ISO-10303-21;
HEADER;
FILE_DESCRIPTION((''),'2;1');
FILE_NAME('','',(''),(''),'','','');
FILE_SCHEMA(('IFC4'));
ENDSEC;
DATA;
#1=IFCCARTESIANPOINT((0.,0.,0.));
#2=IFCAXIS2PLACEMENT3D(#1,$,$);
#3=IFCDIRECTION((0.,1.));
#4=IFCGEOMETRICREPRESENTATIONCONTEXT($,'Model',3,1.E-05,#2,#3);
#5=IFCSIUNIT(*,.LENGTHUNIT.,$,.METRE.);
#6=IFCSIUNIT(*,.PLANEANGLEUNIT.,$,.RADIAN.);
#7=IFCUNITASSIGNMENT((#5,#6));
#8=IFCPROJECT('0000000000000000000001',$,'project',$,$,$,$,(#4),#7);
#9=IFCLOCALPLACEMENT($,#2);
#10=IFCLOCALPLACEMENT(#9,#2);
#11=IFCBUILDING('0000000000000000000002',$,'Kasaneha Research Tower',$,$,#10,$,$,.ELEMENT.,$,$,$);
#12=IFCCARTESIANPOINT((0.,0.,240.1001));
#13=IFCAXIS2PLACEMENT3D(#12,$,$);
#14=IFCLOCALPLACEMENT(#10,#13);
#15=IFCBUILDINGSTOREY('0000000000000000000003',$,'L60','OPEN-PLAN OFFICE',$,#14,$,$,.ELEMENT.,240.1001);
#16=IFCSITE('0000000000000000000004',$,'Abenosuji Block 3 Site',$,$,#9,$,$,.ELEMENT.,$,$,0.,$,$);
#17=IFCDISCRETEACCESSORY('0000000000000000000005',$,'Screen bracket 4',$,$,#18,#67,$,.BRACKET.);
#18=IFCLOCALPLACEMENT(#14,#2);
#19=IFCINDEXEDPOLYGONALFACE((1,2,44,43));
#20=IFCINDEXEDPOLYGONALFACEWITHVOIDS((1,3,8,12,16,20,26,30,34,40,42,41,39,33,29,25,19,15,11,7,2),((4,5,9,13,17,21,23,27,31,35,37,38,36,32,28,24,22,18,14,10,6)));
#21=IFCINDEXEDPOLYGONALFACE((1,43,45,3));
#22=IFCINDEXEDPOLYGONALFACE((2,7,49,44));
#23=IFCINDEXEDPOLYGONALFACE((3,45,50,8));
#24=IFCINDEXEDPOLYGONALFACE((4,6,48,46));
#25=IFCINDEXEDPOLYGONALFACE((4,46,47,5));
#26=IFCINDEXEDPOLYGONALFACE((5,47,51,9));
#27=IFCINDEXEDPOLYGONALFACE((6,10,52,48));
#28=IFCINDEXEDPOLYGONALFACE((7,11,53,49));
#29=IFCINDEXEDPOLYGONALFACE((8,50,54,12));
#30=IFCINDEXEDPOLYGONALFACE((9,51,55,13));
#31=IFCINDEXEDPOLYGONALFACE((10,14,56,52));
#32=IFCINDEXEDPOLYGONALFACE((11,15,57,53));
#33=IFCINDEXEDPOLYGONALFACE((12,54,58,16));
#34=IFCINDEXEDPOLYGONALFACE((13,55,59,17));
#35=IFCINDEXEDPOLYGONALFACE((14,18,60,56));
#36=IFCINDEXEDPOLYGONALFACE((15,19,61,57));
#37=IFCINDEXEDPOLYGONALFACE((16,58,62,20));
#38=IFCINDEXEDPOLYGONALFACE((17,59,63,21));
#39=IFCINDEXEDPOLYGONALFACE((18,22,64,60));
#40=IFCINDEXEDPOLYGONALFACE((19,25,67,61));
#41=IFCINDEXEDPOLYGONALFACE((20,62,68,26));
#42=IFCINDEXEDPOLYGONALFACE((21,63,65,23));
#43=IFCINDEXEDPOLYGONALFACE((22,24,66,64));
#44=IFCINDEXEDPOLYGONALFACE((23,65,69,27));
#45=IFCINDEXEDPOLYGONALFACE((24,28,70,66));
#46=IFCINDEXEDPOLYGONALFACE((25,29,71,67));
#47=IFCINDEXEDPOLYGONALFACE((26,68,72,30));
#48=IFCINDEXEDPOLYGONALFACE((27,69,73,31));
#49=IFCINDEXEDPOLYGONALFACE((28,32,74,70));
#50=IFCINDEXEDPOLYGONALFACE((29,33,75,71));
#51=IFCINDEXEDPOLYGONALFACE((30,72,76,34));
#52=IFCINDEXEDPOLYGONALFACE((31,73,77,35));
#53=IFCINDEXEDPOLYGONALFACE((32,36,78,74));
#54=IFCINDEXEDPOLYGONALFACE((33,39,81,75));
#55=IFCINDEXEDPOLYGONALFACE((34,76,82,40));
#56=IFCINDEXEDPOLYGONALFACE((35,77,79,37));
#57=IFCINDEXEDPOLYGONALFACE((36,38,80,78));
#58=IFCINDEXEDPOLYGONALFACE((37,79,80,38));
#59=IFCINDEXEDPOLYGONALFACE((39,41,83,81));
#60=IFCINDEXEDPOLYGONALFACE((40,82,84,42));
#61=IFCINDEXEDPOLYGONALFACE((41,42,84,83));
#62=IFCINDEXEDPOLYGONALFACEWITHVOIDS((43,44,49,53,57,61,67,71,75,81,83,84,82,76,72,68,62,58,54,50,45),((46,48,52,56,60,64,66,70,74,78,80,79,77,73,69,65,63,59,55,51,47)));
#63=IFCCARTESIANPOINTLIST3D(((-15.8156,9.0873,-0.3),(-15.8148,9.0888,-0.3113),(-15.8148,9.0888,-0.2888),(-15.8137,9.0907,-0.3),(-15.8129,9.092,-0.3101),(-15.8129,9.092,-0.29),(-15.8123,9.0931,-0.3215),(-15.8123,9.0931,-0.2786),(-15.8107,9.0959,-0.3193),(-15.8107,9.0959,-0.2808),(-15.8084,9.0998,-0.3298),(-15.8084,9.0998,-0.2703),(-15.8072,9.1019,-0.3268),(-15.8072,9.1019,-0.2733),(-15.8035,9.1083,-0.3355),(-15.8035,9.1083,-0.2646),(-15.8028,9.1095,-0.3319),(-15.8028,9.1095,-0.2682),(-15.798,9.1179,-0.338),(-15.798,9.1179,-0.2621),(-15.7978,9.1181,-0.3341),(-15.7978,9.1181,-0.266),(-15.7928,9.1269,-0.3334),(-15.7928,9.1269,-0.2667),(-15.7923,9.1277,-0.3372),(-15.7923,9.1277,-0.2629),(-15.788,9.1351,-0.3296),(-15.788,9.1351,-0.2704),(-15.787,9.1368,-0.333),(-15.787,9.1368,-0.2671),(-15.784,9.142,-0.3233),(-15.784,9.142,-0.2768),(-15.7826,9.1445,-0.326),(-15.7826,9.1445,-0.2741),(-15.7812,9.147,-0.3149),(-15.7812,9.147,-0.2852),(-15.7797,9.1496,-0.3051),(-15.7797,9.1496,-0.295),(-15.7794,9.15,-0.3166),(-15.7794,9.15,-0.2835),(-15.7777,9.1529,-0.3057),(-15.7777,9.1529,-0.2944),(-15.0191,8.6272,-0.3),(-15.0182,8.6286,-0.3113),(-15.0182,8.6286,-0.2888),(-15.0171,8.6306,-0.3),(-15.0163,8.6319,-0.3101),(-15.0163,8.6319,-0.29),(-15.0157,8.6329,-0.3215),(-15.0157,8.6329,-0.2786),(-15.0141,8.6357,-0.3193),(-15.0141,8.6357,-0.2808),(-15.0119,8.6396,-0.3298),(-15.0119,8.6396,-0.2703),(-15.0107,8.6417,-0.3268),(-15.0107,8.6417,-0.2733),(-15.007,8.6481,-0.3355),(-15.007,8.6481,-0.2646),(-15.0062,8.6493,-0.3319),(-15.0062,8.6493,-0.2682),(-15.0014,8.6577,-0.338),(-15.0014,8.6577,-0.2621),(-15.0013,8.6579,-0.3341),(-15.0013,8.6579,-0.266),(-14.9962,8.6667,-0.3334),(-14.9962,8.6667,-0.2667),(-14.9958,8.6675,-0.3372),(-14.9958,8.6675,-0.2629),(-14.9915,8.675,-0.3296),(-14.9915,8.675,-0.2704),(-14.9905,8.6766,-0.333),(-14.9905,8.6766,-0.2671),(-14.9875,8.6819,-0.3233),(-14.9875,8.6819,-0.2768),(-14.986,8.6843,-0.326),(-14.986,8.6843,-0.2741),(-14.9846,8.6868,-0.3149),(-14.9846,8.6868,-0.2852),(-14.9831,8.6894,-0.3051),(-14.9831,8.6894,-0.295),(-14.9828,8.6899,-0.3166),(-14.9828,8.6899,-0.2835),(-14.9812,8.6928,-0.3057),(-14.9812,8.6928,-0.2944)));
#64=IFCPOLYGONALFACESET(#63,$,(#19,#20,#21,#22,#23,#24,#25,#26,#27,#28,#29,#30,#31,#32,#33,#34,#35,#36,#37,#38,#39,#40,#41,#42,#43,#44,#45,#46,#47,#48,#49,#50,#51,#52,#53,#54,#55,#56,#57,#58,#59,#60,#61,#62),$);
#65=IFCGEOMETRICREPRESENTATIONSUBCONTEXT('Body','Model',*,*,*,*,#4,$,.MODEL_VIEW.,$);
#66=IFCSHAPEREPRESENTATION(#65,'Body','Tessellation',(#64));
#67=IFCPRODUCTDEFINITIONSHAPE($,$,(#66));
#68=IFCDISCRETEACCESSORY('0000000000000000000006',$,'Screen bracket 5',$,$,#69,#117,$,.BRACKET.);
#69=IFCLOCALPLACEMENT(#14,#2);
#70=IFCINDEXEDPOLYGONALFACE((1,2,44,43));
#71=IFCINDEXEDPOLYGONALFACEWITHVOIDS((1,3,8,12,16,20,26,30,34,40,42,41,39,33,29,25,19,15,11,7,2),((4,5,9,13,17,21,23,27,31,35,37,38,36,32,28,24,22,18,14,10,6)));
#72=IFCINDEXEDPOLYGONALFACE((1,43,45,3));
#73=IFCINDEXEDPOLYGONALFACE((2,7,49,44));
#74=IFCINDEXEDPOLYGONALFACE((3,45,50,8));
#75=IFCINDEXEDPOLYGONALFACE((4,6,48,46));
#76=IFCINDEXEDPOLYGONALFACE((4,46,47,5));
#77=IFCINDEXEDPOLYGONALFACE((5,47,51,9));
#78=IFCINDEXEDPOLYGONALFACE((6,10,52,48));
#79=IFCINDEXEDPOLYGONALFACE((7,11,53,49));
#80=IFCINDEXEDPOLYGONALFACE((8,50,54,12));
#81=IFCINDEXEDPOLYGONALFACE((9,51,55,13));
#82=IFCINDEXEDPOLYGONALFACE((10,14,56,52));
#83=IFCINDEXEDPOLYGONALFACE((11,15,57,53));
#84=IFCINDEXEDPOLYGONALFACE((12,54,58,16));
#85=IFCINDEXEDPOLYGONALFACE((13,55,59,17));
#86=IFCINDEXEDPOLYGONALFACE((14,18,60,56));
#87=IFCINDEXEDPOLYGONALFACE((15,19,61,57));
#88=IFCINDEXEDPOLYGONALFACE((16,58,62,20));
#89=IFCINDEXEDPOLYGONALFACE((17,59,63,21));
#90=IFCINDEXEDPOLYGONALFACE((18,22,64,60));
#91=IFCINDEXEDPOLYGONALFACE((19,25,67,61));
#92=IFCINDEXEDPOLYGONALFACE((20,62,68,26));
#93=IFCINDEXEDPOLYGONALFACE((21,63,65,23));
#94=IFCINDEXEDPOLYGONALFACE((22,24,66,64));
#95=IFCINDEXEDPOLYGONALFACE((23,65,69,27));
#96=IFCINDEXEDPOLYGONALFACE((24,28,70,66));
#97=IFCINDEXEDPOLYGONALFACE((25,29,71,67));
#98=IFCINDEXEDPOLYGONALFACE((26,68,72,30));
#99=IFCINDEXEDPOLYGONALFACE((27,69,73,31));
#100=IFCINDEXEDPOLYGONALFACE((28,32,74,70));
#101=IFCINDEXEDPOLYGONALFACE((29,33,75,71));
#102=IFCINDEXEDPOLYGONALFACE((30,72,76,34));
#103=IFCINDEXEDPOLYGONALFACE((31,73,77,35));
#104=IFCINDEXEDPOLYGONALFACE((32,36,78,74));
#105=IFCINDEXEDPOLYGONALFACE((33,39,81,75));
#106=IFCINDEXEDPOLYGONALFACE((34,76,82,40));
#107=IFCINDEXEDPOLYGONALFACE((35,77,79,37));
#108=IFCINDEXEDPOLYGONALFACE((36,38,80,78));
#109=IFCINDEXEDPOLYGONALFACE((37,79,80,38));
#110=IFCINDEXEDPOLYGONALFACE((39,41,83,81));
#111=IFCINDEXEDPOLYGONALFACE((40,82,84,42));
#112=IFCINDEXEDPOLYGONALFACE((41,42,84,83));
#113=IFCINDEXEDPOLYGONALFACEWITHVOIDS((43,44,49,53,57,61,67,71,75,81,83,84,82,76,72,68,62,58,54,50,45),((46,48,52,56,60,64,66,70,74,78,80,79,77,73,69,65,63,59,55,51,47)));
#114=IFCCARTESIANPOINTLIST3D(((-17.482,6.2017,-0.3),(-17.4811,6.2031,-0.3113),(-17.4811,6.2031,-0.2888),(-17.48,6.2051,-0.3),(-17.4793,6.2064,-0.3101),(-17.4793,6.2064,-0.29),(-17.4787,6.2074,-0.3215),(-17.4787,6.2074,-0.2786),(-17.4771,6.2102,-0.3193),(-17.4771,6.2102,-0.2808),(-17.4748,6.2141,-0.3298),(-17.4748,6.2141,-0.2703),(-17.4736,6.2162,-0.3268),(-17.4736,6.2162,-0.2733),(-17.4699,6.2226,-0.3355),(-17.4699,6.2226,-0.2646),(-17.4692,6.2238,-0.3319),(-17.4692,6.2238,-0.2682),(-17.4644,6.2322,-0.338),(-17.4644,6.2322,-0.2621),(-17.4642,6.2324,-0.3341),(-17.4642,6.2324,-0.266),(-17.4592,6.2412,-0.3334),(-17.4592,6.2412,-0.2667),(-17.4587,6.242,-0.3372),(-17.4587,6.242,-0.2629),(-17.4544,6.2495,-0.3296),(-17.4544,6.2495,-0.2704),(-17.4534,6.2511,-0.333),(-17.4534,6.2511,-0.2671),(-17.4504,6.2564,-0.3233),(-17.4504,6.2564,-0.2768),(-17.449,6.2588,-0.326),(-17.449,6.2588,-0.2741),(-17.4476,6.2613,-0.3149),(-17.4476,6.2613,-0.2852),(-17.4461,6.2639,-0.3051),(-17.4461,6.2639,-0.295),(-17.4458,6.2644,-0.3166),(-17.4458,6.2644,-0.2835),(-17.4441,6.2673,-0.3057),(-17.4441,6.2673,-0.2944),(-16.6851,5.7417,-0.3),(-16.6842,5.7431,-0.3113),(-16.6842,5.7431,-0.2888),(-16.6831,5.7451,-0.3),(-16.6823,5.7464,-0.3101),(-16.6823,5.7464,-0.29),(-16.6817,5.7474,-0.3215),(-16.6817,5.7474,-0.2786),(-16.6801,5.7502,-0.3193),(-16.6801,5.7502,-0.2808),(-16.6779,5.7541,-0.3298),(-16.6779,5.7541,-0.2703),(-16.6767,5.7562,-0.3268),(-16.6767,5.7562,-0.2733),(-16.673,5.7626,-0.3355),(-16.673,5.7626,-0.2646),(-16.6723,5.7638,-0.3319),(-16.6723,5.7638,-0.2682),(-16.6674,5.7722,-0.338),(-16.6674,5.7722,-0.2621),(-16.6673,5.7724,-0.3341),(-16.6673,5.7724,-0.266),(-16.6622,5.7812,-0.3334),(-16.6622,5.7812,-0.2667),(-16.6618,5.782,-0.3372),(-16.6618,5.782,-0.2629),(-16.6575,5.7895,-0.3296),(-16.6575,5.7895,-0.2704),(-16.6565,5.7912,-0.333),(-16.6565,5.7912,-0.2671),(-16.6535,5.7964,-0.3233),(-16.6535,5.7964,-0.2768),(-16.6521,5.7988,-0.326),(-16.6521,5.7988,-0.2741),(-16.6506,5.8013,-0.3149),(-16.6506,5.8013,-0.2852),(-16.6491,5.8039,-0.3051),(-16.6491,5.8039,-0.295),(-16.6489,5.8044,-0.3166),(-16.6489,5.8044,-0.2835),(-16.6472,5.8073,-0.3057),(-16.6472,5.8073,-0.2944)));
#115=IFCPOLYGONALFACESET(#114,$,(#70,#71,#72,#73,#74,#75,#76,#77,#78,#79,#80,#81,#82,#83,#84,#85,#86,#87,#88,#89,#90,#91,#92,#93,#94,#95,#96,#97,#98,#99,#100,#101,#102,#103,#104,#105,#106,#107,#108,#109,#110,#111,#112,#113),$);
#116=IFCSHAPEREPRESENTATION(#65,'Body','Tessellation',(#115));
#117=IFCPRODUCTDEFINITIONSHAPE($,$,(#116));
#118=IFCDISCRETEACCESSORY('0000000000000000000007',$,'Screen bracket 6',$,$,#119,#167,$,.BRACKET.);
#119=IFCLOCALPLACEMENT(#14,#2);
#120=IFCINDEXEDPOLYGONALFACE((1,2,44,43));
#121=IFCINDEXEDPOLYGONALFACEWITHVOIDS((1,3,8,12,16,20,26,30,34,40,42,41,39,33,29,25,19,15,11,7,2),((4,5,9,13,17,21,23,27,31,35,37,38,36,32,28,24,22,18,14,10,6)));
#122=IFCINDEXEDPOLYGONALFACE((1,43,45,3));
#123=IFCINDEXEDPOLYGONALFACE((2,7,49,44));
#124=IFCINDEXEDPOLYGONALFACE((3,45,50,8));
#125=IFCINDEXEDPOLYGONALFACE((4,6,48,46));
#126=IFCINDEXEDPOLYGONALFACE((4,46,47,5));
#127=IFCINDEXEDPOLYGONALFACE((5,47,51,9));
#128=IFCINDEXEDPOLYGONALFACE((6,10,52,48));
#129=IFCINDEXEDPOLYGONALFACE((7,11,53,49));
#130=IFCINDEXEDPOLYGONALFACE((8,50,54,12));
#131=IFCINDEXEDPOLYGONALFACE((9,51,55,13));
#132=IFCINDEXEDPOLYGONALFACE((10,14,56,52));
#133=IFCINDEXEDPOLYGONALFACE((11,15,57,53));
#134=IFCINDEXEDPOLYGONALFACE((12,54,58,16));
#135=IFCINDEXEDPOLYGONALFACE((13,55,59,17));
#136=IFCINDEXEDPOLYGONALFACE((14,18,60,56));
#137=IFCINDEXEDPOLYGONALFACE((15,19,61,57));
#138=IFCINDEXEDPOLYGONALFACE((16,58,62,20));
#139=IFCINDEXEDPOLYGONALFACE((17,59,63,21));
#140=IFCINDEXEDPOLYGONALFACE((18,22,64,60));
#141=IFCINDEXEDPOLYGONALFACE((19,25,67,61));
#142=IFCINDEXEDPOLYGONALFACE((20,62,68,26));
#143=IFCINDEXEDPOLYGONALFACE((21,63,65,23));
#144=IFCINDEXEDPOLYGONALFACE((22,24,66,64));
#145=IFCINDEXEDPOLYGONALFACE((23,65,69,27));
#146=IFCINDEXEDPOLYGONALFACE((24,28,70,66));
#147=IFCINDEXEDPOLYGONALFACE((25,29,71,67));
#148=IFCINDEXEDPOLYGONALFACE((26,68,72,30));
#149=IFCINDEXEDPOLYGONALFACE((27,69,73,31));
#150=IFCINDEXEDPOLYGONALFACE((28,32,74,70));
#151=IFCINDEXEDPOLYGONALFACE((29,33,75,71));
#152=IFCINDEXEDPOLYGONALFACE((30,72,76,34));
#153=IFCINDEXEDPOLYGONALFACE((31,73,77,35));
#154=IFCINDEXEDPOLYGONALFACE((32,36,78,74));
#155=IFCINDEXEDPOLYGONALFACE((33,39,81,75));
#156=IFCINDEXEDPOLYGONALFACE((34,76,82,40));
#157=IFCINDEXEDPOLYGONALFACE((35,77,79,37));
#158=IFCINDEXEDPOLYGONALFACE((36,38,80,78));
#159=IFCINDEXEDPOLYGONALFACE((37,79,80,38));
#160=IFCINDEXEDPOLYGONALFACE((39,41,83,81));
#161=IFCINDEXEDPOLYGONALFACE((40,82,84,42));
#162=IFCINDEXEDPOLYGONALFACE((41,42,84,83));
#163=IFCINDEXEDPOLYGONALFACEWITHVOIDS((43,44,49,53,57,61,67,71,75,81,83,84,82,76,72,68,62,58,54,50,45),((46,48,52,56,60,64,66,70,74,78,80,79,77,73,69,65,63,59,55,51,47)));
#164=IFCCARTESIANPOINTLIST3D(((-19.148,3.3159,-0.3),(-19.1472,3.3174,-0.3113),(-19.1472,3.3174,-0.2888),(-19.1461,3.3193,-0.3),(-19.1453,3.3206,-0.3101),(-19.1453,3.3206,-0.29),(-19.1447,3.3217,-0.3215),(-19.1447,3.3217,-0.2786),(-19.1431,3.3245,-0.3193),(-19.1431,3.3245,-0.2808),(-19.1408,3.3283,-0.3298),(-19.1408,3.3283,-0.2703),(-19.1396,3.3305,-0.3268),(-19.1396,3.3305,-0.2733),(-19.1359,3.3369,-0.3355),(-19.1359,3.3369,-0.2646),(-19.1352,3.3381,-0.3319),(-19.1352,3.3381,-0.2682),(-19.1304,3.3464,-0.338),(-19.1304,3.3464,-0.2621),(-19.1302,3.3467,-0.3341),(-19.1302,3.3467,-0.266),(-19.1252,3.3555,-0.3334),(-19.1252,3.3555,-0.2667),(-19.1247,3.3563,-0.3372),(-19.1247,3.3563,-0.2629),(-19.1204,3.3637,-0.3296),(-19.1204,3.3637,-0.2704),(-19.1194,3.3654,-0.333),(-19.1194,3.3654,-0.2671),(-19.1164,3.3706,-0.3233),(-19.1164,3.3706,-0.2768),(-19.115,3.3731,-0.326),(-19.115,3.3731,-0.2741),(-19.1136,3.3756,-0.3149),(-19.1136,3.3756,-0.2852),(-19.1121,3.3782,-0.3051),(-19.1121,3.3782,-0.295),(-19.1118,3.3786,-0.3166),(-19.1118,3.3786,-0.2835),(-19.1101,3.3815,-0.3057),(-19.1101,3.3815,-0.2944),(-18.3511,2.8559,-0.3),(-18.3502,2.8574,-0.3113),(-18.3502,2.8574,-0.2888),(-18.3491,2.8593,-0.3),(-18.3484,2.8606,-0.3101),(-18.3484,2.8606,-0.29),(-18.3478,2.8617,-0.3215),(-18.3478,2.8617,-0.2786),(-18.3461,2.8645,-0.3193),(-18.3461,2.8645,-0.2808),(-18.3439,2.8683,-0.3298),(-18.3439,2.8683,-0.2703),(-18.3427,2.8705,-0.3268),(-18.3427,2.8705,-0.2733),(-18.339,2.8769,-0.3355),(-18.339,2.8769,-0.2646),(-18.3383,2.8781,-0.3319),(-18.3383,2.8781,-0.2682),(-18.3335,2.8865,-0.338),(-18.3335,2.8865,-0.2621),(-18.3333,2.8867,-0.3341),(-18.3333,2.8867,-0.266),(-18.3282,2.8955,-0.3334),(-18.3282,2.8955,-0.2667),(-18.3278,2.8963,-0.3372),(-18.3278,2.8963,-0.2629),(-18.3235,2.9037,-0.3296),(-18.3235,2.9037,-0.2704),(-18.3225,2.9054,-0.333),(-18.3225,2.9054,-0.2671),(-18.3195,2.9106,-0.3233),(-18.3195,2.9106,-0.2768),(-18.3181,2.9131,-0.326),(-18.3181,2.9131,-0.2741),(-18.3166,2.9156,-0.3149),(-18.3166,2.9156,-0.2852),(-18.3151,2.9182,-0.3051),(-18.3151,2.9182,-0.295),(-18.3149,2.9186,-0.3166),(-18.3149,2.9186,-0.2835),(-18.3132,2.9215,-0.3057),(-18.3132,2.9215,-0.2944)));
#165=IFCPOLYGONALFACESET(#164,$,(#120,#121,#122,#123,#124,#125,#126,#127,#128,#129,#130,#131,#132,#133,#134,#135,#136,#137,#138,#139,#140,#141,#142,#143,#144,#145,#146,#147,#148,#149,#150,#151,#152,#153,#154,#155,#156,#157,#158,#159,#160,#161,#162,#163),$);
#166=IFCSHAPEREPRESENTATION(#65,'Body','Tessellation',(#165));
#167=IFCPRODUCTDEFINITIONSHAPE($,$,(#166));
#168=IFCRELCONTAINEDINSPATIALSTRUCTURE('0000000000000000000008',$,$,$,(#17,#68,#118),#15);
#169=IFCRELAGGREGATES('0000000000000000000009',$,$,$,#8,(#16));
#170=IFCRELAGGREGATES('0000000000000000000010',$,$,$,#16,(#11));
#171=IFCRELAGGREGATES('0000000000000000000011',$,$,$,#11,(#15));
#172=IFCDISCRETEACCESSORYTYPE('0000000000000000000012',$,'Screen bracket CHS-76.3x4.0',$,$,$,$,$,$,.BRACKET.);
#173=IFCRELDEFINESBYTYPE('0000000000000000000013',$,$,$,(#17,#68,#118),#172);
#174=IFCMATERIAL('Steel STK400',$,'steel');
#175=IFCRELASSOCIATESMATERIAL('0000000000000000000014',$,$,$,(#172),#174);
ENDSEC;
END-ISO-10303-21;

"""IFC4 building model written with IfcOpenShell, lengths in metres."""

from ifc_helpers import new_model, si_unit, direction, frame, origin, origin_2d, place, context, subcontext, project, spatial, hollow_circle, extrude, material, material_profile, profile_set, type_object, element, save


model = new_model("IFC4")

# Units and contexts
model_context = context("Model", 3, precision=1e-05, world=origin(), true_north=direction((0.0, 1.0)))
body_context = subcontext(model_context, "Body", "Model", "MODEL_VIEW")
ifc_project = project(units=[si_unit("LENGTHUNIT", "METRE"), si_unit("PLANEANGLEUNIT", "RADIAN")], contexts=[model_context])

# Site, building, storey
site_placement = place(None, origin())
site = spatial("IfcSite", under=ifc_project, at=site_placement, Name="Abenosuji Block 3 Site", CompositionType="ELEMENT", RefElevation=0.0)
building_placement = place(site_placement, origin())
building = spatial("IfcBuilding", under=site, at=building_placement, Name="Kasaneha Research Tower", CompositionType="ELEMENT")
storey_placement = place(building_placement, frame((0.0, 0.0, 240.1001)))
storey = spatial("IfcBuildingStorey", under=building, at=storey_placement, Name="L60", Description="OPEN-PLAN OFFICE", CompositionType="ELEMENT", Elevation=240.1001)

# Discrete accessories
ifc_material_1 = material(Name="Steel STK400", Category="steel")
ifc_material_profile_1 = material_profile(ifc_material_1, hollow_circle(Radius=0.0381, WallThickness=0.0039, at=origin_2d()), Name="CHS-76.3x4.0")
ifc_profile_set_1 = profile_set([ifc_material_profile_1], Name="Steel STK400")
discrete_accessory_type = type_object("IfcDiscreteAccessoryType", Name="Screen bracket CHS-76.3x4.0", PredefinedType="BRACKET", material=ifc_profile_set_1)
discrete_accessory_1_placement = place(storey_placement, frame((-15.0, 8.6602, -0.3), z_axis=(-0.865898, 0.50022, 0.0), x_axis=(-0.50022, -0.865898, 0.0)))
element("IfcDiscreteAccessory", 1, at=discrete_accessory_1_placement, inside=storey, type_object=discrete_accessory_type, Name="Screen bracket 4", PredefinedType="BRACKET", context=body_context, shape_type="SweptSolid", body=[
    extrude(hollow_circle(Radius=0.0381, WallThickness=0.0039, at=origin_2d()), origin(), (0.0, 0.0, 1.0), 0.9199),
])
for number, where, z_axis, x_axis, name in (
    (2, (-16.666, 5.7747, -0.3), (-0.86608, 0.499906, 0.0), (-0.499906, -0.86608, 0.0), "Screen bracket 5"),
    (3, (-18.332, 2.8889, -0.3), (-0.86608, 0.499906, 0.0), (-0.499906, -0.86608, 0.0), "Screen bracket 6"),
):
    element("IfcDiscreteAccessory", number, at=place(storey_placement, frame(where, z_axis=z_axis, x_axis=x_axis)), inside=storey, type_object=discrete_accessory_type, Name=name, PredefinedType="BRACKET", context=body_context, shape_type="SweptSolid", body=[
        extrude(hollow_circle(Radius=0.0381, WallThickness=0.0039, at=origin_2d()), origin(), (0.0, 0.0, 1.0), 0.9202),
    ])

save(model, "model.ifc")
